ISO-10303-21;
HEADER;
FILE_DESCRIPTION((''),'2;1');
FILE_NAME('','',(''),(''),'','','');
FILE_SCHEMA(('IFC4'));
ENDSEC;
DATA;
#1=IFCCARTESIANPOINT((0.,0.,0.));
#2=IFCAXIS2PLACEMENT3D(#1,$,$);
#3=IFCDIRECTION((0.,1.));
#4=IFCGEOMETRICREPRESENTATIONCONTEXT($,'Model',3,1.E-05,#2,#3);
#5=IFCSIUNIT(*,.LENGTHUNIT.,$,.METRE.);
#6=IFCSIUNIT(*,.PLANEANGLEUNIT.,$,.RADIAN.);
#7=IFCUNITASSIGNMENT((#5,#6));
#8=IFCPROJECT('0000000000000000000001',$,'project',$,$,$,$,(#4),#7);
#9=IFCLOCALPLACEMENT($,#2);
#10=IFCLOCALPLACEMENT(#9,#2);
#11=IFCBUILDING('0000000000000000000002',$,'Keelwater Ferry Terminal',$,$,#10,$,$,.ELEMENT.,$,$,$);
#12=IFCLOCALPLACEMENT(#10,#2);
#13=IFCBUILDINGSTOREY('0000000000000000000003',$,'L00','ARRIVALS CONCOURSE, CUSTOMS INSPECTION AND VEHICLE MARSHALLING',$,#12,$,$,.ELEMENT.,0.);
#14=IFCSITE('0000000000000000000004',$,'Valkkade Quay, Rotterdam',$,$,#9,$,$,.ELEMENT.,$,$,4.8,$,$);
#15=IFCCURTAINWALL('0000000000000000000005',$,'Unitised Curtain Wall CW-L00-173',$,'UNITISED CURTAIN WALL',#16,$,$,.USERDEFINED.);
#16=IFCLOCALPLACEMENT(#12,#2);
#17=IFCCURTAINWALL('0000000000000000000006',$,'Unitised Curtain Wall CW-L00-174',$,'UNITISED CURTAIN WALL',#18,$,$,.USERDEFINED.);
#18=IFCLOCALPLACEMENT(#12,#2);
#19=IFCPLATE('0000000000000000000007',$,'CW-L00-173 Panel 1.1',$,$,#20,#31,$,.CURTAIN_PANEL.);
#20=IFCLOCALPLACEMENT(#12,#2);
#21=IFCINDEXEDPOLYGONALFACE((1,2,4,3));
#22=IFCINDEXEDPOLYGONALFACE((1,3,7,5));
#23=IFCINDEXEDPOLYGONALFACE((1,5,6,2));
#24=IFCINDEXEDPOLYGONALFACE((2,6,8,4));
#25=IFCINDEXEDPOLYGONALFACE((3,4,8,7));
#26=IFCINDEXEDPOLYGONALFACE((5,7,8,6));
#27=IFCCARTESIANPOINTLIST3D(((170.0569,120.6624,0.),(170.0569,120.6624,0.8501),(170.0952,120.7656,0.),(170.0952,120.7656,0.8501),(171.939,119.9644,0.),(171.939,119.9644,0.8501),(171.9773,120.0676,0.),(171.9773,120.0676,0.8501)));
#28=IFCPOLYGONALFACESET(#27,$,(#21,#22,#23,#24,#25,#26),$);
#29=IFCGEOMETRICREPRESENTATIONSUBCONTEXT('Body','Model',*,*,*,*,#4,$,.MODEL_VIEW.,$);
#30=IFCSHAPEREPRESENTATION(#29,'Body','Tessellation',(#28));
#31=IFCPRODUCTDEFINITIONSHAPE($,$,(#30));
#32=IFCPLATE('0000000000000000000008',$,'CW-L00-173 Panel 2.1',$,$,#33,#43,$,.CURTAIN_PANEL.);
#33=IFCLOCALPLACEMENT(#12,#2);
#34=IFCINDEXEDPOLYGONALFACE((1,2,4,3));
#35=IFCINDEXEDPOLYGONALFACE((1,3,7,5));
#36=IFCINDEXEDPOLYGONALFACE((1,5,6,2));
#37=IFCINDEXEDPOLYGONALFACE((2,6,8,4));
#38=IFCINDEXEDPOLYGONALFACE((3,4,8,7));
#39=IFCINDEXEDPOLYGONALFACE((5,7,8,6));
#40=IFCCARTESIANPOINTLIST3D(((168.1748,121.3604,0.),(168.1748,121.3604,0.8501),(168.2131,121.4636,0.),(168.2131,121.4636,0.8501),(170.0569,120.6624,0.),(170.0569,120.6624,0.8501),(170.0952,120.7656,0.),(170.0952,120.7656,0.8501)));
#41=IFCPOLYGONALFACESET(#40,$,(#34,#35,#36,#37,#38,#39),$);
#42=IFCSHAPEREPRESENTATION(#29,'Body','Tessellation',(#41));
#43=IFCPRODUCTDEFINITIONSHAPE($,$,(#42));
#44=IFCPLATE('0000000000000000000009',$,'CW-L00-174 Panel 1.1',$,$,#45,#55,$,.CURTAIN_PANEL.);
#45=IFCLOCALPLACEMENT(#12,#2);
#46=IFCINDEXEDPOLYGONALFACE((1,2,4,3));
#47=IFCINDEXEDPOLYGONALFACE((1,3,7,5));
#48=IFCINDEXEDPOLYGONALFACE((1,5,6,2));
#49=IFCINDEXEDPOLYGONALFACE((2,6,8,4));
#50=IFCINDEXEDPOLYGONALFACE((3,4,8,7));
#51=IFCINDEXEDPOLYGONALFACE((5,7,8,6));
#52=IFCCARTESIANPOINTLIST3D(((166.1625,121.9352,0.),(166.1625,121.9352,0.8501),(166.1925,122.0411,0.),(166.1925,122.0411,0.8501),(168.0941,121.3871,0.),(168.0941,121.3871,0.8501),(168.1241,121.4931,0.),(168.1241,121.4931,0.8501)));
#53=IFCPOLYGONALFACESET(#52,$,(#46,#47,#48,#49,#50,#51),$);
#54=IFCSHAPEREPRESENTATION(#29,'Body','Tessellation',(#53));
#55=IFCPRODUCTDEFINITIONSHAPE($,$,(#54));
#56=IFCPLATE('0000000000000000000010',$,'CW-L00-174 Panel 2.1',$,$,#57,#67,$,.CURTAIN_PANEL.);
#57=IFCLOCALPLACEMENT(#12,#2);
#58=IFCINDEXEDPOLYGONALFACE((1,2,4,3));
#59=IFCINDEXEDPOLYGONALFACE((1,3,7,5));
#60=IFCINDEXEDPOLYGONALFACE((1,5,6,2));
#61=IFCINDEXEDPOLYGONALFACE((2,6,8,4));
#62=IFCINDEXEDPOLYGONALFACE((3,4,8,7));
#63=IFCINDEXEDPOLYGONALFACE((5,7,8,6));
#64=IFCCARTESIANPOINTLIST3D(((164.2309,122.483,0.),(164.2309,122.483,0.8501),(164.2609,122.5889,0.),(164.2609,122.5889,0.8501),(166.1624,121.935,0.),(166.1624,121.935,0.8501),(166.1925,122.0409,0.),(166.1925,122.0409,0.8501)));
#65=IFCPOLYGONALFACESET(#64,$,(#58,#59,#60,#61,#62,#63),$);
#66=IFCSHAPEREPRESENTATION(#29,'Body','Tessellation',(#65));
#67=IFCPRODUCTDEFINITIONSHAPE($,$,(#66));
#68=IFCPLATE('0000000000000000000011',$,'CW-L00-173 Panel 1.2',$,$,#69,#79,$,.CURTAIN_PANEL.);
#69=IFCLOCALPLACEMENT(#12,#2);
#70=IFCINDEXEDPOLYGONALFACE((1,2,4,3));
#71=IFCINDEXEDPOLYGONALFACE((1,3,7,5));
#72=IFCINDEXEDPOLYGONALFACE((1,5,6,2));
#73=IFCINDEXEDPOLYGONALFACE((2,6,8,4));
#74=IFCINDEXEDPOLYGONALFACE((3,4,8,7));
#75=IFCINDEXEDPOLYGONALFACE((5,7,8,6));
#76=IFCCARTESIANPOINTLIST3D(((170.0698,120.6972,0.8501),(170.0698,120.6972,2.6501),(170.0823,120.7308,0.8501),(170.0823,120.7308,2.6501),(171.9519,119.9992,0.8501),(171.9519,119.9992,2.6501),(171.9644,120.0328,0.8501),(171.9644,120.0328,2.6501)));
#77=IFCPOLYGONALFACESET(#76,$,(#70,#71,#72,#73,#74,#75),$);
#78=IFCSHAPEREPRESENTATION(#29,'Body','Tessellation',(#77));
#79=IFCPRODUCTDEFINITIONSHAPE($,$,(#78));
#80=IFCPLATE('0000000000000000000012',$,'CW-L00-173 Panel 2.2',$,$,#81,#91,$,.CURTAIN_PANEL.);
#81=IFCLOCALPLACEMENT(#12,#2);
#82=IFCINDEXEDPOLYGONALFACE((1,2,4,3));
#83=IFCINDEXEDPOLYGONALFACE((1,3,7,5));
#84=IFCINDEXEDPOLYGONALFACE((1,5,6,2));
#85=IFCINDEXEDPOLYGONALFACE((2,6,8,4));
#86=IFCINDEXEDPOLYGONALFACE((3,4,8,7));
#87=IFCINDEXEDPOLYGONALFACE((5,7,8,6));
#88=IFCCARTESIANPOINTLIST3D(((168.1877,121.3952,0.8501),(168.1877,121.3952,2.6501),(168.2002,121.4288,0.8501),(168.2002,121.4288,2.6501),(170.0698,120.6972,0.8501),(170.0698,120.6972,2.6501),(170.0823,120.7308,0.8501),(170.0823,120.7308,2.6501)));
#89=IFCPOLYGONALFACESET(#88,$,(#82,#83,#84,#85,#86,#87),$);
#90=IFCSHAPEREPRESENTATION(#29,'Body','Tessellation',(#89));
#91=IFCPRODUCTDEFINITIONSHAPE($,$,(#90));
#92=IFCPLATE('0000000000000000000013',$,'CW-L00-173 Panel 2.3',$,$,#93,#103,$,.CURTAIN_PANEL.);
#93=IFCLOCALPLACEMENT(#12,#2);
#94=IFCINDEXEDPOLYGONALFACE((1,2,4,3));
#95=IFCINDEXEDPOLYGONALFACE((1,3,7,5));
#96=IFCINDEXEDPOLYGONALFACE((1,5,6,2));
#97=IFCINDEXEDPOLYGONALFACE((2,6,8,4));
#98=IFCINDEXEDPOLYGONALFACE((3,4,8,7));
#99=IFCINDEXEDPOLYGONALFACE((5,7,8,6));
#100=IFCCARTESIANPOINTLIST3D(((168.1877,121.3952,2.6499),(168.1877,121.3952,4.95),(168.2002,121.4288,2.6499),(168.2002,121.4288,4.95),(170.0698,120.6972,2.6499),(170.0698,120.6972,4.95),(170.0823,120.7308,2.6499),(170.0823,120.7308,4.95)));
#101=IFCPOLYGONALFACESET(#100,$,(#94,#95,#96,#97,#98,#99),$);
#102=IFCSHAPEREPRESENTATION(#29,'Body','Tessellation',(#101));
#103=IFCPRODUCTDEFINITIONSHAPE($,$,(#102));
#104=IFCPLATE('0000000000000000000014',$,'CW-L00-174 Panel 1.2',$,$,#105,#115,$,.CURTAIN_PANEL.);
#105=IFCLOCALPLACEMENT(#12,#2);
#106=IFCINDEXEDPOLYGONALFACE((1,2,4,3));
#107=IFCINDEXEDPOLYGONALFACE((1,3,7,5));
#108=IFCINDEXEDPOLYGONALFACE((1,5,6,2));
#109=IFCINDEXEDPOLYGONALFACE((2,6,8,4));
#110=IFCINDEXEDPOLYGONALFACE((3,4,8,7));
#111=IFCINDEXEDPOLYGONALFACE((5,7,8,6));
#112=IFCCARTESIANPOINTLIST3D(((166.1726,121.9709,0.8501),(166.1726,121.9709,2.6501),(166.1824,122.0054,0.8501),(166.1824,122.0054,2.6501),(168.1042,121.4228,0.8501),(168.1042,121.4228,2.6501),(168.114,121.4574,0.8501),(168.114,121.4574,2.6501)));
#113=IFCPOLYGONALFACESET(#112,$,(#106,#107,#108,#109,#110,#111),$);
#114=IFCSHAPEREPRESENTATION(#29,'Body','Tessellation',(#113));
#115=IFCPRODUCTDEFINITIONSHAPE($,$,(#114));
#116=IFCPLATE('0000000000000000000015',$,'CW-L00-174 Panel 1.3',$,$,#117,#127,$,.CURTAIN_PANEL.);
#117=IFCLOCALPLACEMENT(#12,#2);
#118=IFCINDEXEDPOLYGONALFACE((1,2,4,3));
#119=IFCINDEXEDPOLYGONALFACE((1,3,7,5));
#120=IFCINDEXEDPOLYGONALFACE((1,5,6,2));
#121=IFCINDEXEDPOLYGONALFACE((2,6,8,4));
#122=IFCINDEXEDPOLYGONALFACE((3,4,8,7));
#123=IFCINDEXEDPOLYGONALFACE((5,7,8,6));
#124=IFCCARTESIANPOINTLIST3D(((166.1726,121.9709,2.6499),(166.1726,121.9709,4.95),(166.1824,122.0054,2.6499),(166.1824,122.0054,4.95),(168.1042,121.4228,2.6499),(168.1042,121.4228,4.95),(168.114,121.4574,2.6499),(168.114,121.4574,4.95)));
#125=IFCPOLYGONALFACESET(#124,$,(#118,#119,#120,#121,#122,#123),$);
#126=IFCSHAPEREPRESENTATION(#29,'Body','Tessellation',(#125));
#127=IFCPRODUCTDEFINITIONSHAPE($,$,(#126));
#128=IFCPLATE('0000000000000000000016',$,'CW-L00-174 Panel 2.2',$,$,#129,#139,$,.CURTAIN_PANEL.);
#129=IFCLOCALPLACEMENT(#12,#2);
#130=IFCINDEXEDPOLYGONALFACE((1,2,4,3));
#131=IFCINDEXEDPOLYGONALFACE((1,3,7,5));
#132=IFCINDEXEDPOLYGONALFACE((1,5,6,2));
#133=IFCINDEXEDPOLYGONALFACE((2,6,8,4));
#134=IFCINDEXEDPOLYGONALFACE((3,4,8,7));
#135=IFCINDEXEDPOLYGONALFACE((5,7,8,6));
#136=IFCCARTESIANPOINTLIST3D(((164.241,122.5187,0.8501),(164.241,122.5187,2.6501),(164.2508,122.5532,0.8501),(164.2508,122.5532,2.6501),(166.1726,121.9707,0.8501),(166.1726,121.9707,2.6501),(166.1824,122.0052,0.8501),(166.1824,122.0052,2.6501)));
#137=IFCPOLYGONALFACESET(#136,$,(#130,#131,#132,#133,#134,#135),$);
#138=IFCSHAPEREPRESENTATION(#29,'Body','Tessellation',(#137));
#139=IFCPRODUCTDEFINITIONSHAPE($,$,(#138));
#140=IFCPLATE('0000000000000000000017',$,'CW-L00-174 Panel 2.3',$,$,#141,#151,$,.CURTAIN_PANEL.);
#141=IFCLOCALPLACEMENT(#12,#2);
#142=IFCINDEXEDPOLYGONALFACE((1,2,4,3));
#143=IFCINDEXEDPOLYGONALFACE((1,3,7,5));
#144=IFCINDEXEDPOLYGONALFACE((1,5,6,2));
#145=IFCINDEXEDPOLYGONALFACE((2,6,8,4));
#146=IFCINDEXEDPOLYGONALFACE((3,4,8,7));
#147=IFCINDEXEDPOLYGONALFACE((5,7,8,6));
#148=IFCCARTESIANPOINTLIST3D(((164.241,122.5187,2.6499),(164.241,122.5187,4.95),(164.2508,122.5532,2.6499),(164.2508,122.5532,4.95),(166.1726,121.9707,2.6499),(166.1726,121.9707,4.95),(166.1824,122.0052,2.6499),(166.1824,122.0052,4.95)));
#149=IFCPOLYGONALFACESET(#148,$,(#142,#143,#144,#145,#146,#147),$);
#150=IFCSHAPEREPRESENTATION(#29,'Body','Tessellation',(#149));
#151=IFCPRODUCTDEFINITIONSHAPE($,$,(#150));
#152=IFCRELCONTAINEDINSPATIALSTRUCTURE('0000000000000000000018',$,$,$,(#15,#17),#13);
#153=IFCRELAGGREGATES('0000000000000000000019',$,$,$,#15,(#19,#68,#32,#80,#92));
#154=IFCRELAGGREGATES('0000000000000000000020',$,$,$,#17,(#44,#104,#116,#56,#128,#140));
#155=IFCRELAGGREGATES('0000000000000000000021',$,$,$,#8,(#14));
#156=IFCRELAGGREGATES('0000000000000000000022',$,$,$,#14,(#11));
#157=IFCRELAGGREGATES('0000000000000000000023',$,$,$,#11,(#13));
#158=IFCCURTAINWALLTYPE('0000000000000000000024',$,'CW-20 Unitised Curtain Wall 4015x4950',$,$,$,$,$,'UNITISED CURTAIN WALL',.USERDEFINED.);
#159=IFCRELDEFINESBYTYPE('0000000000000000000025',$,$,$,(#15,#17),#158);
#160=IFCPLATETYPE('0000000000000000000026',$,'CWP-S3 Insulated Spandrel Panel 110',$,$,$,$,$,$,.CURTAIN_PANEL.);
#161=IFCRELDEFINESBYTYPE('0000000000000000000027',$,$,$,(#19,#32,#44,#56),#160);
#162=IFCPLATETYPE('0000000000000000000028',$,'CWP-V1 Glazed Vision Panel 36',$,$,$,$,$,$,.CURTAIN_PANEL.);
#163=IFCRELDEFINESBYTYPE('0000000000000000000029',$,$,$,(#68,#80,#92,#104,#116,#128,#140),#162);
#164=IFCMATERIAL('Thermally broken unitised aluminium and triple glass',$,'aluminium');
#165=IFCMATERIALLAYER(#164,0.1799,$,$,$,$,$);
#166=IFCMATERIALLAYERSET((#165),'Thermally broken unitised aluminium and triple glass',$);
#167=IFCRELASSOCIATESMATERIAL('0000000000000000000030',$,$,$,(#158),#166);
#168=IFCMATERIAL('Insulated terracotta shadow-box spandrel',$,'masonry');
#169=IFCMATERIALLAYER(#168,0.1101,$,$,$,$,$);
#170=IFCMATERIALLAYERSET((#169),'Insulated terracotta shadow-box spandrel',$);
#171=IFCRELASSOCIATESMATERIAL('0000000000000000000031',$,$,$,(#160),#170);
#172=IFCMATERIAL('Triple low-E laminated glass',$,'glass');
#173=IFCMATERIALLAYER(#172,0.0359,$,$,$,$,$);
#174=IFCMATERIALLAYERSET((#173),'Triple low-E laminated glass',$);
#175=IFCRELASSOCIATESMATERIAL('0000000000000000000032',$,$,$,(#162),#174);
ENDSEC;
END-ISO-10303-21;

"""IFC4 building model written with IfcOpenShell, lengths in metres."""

from ifc_helpers import new_model, si_unit, direction, frame, origin, origin_2d, place, context, subcontext, project, spatial, rectangle, extrude, material, layer, layer_set, type_object, element, aggregate, save


model = new_model("IFC4")

# Units and contexts
model_context = context("Model", 3, precision=1e-05, world=origin(), true_north=direction((0.0, 1.0)))
body_context = subcontext(model_context, "Body", "Model", "MODEL_VIEW")
ifc_project = project(units=[si_unit("LENGTHUNIT", "METRE"), si_unit("PLANEANGLEUNIT", "RADIAN")], contexts=[model_context])

# Site, building, storey
site_placement = place(None, origin())
site = spatial("IfcSite", under=ifc_project, at=site_placement, Name="Valkkade Quay, Rotterdam", CompositionType="ELEMENT", RefElevation=4.8)
building_placement = place(site_placement, origin())
building = spatial("IfcBuilding", under=site, at=building_placement, Name="Keelwater Ferry Terminal", CompositionType="ELEMENT")
storey_placement = place(building_placement, origin())
storey = spatial("IfcBuildingStorey", under=building, at=storey_placement, Name="L00", Description="ARRIVALS CONCOURSE, CUSTOMS INSPECTION AND VEHICLE MARSHALLING", CompositionType="ELEMENT", Elevation=0.0)

# Curtain walls
ifc_material_1 = material(Name="Thermally broken unitised aluminium and triple glass", Category="aluminium")
ifc_layer_1 = layer(ifc_material_1, 0.1799)
ifc_layer_set_1 = layer_set([ifc_layer_1], Name="Thermally broken unitised aluminium and triple glass")
curtain_wall_type = type_object("IfcCurtainWallType", Name="CW-20 Unitised Curtain Wall 4015x4950", ElementType="UNITISED CURTAIN WALL", PredefinedType="USERDEFINED", material=ifc_layer_set_1)
curtain_wall_1_placement = place(storey_placement, origin())
curtain_wall_1 = element("IfcCurtainWall", 1, at=curtain_wall_1_placement, inside=storey, type_object=curtain_wall_type, Name="Unitised Curtain Wall CW-L00-173", ObjectType="UNITISED CURTAIN WALL", PredefinedType="USERDEFINED")
curtain_wall_2_placement = place(storey_placement, origin())
curtain_wall_2 = element("IfcCurtainWall", 2, at=curtain_wall_2_placement, inside=storey, type_object=curtain_wall_type, Name="Unitised Curtain Wall CW-L00-174", ObjectType="UNITISED CURTAIN WALL", PredefinedType="USERDEFINED")

# Plates
ifc_material_2 = material(Name="Insulated terracotta shadow-box spandrel", Category="masonry")
ifc_layer_2 = layer(ifc_material_2, 0.1101)
ifc_layer_set_2 = layer_set([ifc_layer_2], Name="Insulated terracotta shadow-box spandrel")
plate_type_1 = type_object("IfcPlateType", Name="CWP-S3 Insulated Spandrel Panel 110", PredefinedType="CURTAIN_PANEL", material=ifc_layer_set_2)
plate_1_placement = place(storey_placement, frame((171.0171, 120.365, 0.0), z_axis=(0.0, 0.0, 1.0), x_axis=(-0.937592, 0.347736, 0.0)))
plate_1 = element("IfcPlate", 3, at=plate_1_placement, type_object=plate_type_1, Name="CW-L00-173 Panel 1.1", PredefinedType="CURTAIN_PANEL", context=body_context, shape_type="SweptSolid", body=[
    extrude(rectangle(XDim=2.0073, YDim=0.1101, at=origin_2d()), origin(), (0.0, 0.0, 1.0), 0.8501),
])
plate_2_placement = place(storey_placement, frame((169.135, 121.063, 0.0), z_axis=(0.0, 0.0, 1.0), x_axis=(-0.937592, 0.347736, 0.0)))
plate_2 = element("IfcPlate", 4, at=plate_2_placement, type_object=plate_type_1, Name="CW-L00-173 Panel 2.1", PredefinedType="CURTAIN_PANEL", context=body_context, shape_type="SweptSolid", body=[
    extrude(rectangle(XDim=2.0073, YDim=0.1101, at=origin_2d()), origin(), (0.0, 0.0, 1.0), 0.8501),
])
plate_3_placement = place(storey_placement, frame((167.1433, 121.7141, 0.0), z_axis=(0.0, 0.0, 1.0), x_axis=(-0.96203, 0.272945, 0.0)))
plate_3 = element("IfcPlate", 5, at=plate_3_placement, type_object=plate_type_1, Name="CW-L00-174 Panel 1.1", PredefinedType="CURTAIN_PANEL", context=body_context, shape_type="SweptSolid", body=[
    extrude(rectangle(XDim=2.0078, YDim=0.1101, at=origin_2d()), origin(), (0.0, 0.0, 1.0), 0.8501),
])
plate_4_placement = place(storey_placement, frame((165.2117, 122.262, 0.0), z_axis=(0.0, 0.0, 1.0), x_axis=(-0.96203, 0.272945, 0.0)))
plate_4 = element("IfcPlate", 6, at=plate_4_placement, type_object=plate_type_1, Name="CW-L00-174 Panel 2.1", PredefinedType="CURTAIN_PANEL", context=body_context, shape_type="SweptSolid", body=[
    extrude(rectangle(XDim=2.0078, YDim=0.1101, at=origin_2d()), origin(), (0.0, 0.0, 1.0), 0.8501),
])
ifc_material_3 = material(Name="Triple low-E laminated glass", Category="glass")
ifc_layer_3 = layer(ifc_material_3, 0.0359)
ifc_layer_set_3 = layer_set([ifc_layer_3], Name="Triple low-E laminated glass")
plate_type_2 = type_object("IfcPlateType", Name="CWP-V1 Glazed Vision Panel 36", PredefinedType="CURTAIN_PANEL", material=ifc_layer_set_3)
plate_5_placement = place(storey_placement, frame((171.0171, 120.365, 0.8501), z_axis=(0.0, 0.0, 1.0), x_axis=(-0.937592, 0.347736, 0.0)))
plate_5 = element("IfcPlate", 7, at=plate_5_placement, type_object=plate_type_2, Name="CW-L00-173 Panel 1.2", PredefinedType="CURTAIN_PANEL", context=body_context, shape_type="SweptSolid", body=[
    extrude(rectangle(XDim=2.0073, YDim=0.0359, at=origin_2d()), origin(), (0.0, 0.0, 1.0), 1.8),
])
plate_6_placement = place(storey_placement, frame((169.135, 121.063, 0.8501), z_axis=(0.0, 0.0, 1.0), x_axis=(-0.937592, 0.347736, 0.0)))
plate_6 = element("IfcPlate", 8, at=plate_6_placement, type_object=plate_type_2, Name="CW-L00-173 Panel 2.2", PredefinedType="CURTAIN_PANEL", context=body_context, shape_type="SweptSolid", body=[
    extrude(rectangle(XDim=2.0073, YDim=0.0359, at=origin_2d()), origin(), (0.0, 0.0, 1.0), 1.8),
])
plate_7_placement = place(storey_placement, frame((169.135, 121.063, 2.6499), z_axis=(0.0, 0.0, 1.0), x_axis=(-0.937592, 0.347736, 0.0)))
plate_7 = element("IfcPlate", 9, at=plate_7_placement, type_object=plate_type_2, Name="CW-L00-173 Panel 2.3", PredefinedType="CURTAIN_PANEL", context=body_context, shape_type="SweptSolid", body=[
    extrude(rectangle(XDim=2.0073, YDim=0.0359, at=origin_2d()), origin(), (0.0, 0.0, 1.0), 2.3),
])
aggregate(curtain_wall_1, [plate_1, plate_5, plate_2, plate_6, plate_7])
plate_8_placement = place(storey_placement, frame((167.1433, 121.7141, 0.8501), z_axis=(0.0, 0.0, 1.0), x_axis=(-0.96203, 0.272945, 0.0)))
plate_8 = element("IfcPlate", 10, at=plate_8_placement, type_object=plate_type_2, Name="CW-L00-174 Panel 1.2", PredefinedType="CURTAIN_PANEL", context=body_context, shape_type="SweptSolid", body=[
    extrude(rectangle(XDim=2.0078, YDim=0.0359, at=origin_2d()), origin(), (0.0, 0.0, 1.0), 1.8),
])
plate_9_placement = place(storey_placement, frame((167.1433, 121.7141, 2.6499), z_axis=(0.0, 0.0, 1.0), x_axis=(-0.96203, 0.272945, 0.0)))
plate_9 = element("IfcPlate", 11, at=plate_9_placement, type_object=plate_type_2, Name="CW-L00-174 Panel 1.3", PredefinedType="CURTAIN_PANEL", context=body_context, shape_type="SweptSolid", body=[
    extrude(rectangle(XDim=2.0078, YDim=0.0359, at=origin_2d()), origin(), (0.0, 0.0, 1.0), 2.3),
])
plate_10_placement = place(storey_placement, frame((165.2117, 122.262, 0.8501), z_axis=(0.0, 0.0, 1.0), x_axis=(-0.96203, 0.272945, 0.0)))
plate_10 = element("IfcPlate", 12, at=plate_10_placement, type_object=plate_type_2, Name="CW-L00-174 Panel 2.2", PredefinedType="CURTAIN_PANEL", context=body_context, shape_type="SweptSolid", body=[
    extrude(rectangle(XDim=2.0078, YDim=0.0359, at=origin_2d()), origin(), (0.0, 0.0, 1.0), 1.8),
])
plate_11_placement = place(storey_placement, frame((165.2117, 122.262, 2.6499), z_axis=(0.0, 0.0, 1.0), x_axis=(-0.96203, 0.272945, 0.0)))
plate_11 = element("IfcPlate", 13, at=plate_11_placement, type_object=plate_type_2, Name="CW-L00-174 Panel 2.3", PredefinedType="CURTAIN_PANEL", context=body_context, shape_type="SweptSolid", body=[
    extrude(rectangle(XDim=2.0078, YDim=0.0359, at=origin_2d()), origin(), (0.0, 0.0, 1.0), 2.3),
])
aggregate(curtain_wall_2, [plate_3, plate_8, plate_9, plate_4, plate_10, plate_11])

save(model, "model.ifc")
